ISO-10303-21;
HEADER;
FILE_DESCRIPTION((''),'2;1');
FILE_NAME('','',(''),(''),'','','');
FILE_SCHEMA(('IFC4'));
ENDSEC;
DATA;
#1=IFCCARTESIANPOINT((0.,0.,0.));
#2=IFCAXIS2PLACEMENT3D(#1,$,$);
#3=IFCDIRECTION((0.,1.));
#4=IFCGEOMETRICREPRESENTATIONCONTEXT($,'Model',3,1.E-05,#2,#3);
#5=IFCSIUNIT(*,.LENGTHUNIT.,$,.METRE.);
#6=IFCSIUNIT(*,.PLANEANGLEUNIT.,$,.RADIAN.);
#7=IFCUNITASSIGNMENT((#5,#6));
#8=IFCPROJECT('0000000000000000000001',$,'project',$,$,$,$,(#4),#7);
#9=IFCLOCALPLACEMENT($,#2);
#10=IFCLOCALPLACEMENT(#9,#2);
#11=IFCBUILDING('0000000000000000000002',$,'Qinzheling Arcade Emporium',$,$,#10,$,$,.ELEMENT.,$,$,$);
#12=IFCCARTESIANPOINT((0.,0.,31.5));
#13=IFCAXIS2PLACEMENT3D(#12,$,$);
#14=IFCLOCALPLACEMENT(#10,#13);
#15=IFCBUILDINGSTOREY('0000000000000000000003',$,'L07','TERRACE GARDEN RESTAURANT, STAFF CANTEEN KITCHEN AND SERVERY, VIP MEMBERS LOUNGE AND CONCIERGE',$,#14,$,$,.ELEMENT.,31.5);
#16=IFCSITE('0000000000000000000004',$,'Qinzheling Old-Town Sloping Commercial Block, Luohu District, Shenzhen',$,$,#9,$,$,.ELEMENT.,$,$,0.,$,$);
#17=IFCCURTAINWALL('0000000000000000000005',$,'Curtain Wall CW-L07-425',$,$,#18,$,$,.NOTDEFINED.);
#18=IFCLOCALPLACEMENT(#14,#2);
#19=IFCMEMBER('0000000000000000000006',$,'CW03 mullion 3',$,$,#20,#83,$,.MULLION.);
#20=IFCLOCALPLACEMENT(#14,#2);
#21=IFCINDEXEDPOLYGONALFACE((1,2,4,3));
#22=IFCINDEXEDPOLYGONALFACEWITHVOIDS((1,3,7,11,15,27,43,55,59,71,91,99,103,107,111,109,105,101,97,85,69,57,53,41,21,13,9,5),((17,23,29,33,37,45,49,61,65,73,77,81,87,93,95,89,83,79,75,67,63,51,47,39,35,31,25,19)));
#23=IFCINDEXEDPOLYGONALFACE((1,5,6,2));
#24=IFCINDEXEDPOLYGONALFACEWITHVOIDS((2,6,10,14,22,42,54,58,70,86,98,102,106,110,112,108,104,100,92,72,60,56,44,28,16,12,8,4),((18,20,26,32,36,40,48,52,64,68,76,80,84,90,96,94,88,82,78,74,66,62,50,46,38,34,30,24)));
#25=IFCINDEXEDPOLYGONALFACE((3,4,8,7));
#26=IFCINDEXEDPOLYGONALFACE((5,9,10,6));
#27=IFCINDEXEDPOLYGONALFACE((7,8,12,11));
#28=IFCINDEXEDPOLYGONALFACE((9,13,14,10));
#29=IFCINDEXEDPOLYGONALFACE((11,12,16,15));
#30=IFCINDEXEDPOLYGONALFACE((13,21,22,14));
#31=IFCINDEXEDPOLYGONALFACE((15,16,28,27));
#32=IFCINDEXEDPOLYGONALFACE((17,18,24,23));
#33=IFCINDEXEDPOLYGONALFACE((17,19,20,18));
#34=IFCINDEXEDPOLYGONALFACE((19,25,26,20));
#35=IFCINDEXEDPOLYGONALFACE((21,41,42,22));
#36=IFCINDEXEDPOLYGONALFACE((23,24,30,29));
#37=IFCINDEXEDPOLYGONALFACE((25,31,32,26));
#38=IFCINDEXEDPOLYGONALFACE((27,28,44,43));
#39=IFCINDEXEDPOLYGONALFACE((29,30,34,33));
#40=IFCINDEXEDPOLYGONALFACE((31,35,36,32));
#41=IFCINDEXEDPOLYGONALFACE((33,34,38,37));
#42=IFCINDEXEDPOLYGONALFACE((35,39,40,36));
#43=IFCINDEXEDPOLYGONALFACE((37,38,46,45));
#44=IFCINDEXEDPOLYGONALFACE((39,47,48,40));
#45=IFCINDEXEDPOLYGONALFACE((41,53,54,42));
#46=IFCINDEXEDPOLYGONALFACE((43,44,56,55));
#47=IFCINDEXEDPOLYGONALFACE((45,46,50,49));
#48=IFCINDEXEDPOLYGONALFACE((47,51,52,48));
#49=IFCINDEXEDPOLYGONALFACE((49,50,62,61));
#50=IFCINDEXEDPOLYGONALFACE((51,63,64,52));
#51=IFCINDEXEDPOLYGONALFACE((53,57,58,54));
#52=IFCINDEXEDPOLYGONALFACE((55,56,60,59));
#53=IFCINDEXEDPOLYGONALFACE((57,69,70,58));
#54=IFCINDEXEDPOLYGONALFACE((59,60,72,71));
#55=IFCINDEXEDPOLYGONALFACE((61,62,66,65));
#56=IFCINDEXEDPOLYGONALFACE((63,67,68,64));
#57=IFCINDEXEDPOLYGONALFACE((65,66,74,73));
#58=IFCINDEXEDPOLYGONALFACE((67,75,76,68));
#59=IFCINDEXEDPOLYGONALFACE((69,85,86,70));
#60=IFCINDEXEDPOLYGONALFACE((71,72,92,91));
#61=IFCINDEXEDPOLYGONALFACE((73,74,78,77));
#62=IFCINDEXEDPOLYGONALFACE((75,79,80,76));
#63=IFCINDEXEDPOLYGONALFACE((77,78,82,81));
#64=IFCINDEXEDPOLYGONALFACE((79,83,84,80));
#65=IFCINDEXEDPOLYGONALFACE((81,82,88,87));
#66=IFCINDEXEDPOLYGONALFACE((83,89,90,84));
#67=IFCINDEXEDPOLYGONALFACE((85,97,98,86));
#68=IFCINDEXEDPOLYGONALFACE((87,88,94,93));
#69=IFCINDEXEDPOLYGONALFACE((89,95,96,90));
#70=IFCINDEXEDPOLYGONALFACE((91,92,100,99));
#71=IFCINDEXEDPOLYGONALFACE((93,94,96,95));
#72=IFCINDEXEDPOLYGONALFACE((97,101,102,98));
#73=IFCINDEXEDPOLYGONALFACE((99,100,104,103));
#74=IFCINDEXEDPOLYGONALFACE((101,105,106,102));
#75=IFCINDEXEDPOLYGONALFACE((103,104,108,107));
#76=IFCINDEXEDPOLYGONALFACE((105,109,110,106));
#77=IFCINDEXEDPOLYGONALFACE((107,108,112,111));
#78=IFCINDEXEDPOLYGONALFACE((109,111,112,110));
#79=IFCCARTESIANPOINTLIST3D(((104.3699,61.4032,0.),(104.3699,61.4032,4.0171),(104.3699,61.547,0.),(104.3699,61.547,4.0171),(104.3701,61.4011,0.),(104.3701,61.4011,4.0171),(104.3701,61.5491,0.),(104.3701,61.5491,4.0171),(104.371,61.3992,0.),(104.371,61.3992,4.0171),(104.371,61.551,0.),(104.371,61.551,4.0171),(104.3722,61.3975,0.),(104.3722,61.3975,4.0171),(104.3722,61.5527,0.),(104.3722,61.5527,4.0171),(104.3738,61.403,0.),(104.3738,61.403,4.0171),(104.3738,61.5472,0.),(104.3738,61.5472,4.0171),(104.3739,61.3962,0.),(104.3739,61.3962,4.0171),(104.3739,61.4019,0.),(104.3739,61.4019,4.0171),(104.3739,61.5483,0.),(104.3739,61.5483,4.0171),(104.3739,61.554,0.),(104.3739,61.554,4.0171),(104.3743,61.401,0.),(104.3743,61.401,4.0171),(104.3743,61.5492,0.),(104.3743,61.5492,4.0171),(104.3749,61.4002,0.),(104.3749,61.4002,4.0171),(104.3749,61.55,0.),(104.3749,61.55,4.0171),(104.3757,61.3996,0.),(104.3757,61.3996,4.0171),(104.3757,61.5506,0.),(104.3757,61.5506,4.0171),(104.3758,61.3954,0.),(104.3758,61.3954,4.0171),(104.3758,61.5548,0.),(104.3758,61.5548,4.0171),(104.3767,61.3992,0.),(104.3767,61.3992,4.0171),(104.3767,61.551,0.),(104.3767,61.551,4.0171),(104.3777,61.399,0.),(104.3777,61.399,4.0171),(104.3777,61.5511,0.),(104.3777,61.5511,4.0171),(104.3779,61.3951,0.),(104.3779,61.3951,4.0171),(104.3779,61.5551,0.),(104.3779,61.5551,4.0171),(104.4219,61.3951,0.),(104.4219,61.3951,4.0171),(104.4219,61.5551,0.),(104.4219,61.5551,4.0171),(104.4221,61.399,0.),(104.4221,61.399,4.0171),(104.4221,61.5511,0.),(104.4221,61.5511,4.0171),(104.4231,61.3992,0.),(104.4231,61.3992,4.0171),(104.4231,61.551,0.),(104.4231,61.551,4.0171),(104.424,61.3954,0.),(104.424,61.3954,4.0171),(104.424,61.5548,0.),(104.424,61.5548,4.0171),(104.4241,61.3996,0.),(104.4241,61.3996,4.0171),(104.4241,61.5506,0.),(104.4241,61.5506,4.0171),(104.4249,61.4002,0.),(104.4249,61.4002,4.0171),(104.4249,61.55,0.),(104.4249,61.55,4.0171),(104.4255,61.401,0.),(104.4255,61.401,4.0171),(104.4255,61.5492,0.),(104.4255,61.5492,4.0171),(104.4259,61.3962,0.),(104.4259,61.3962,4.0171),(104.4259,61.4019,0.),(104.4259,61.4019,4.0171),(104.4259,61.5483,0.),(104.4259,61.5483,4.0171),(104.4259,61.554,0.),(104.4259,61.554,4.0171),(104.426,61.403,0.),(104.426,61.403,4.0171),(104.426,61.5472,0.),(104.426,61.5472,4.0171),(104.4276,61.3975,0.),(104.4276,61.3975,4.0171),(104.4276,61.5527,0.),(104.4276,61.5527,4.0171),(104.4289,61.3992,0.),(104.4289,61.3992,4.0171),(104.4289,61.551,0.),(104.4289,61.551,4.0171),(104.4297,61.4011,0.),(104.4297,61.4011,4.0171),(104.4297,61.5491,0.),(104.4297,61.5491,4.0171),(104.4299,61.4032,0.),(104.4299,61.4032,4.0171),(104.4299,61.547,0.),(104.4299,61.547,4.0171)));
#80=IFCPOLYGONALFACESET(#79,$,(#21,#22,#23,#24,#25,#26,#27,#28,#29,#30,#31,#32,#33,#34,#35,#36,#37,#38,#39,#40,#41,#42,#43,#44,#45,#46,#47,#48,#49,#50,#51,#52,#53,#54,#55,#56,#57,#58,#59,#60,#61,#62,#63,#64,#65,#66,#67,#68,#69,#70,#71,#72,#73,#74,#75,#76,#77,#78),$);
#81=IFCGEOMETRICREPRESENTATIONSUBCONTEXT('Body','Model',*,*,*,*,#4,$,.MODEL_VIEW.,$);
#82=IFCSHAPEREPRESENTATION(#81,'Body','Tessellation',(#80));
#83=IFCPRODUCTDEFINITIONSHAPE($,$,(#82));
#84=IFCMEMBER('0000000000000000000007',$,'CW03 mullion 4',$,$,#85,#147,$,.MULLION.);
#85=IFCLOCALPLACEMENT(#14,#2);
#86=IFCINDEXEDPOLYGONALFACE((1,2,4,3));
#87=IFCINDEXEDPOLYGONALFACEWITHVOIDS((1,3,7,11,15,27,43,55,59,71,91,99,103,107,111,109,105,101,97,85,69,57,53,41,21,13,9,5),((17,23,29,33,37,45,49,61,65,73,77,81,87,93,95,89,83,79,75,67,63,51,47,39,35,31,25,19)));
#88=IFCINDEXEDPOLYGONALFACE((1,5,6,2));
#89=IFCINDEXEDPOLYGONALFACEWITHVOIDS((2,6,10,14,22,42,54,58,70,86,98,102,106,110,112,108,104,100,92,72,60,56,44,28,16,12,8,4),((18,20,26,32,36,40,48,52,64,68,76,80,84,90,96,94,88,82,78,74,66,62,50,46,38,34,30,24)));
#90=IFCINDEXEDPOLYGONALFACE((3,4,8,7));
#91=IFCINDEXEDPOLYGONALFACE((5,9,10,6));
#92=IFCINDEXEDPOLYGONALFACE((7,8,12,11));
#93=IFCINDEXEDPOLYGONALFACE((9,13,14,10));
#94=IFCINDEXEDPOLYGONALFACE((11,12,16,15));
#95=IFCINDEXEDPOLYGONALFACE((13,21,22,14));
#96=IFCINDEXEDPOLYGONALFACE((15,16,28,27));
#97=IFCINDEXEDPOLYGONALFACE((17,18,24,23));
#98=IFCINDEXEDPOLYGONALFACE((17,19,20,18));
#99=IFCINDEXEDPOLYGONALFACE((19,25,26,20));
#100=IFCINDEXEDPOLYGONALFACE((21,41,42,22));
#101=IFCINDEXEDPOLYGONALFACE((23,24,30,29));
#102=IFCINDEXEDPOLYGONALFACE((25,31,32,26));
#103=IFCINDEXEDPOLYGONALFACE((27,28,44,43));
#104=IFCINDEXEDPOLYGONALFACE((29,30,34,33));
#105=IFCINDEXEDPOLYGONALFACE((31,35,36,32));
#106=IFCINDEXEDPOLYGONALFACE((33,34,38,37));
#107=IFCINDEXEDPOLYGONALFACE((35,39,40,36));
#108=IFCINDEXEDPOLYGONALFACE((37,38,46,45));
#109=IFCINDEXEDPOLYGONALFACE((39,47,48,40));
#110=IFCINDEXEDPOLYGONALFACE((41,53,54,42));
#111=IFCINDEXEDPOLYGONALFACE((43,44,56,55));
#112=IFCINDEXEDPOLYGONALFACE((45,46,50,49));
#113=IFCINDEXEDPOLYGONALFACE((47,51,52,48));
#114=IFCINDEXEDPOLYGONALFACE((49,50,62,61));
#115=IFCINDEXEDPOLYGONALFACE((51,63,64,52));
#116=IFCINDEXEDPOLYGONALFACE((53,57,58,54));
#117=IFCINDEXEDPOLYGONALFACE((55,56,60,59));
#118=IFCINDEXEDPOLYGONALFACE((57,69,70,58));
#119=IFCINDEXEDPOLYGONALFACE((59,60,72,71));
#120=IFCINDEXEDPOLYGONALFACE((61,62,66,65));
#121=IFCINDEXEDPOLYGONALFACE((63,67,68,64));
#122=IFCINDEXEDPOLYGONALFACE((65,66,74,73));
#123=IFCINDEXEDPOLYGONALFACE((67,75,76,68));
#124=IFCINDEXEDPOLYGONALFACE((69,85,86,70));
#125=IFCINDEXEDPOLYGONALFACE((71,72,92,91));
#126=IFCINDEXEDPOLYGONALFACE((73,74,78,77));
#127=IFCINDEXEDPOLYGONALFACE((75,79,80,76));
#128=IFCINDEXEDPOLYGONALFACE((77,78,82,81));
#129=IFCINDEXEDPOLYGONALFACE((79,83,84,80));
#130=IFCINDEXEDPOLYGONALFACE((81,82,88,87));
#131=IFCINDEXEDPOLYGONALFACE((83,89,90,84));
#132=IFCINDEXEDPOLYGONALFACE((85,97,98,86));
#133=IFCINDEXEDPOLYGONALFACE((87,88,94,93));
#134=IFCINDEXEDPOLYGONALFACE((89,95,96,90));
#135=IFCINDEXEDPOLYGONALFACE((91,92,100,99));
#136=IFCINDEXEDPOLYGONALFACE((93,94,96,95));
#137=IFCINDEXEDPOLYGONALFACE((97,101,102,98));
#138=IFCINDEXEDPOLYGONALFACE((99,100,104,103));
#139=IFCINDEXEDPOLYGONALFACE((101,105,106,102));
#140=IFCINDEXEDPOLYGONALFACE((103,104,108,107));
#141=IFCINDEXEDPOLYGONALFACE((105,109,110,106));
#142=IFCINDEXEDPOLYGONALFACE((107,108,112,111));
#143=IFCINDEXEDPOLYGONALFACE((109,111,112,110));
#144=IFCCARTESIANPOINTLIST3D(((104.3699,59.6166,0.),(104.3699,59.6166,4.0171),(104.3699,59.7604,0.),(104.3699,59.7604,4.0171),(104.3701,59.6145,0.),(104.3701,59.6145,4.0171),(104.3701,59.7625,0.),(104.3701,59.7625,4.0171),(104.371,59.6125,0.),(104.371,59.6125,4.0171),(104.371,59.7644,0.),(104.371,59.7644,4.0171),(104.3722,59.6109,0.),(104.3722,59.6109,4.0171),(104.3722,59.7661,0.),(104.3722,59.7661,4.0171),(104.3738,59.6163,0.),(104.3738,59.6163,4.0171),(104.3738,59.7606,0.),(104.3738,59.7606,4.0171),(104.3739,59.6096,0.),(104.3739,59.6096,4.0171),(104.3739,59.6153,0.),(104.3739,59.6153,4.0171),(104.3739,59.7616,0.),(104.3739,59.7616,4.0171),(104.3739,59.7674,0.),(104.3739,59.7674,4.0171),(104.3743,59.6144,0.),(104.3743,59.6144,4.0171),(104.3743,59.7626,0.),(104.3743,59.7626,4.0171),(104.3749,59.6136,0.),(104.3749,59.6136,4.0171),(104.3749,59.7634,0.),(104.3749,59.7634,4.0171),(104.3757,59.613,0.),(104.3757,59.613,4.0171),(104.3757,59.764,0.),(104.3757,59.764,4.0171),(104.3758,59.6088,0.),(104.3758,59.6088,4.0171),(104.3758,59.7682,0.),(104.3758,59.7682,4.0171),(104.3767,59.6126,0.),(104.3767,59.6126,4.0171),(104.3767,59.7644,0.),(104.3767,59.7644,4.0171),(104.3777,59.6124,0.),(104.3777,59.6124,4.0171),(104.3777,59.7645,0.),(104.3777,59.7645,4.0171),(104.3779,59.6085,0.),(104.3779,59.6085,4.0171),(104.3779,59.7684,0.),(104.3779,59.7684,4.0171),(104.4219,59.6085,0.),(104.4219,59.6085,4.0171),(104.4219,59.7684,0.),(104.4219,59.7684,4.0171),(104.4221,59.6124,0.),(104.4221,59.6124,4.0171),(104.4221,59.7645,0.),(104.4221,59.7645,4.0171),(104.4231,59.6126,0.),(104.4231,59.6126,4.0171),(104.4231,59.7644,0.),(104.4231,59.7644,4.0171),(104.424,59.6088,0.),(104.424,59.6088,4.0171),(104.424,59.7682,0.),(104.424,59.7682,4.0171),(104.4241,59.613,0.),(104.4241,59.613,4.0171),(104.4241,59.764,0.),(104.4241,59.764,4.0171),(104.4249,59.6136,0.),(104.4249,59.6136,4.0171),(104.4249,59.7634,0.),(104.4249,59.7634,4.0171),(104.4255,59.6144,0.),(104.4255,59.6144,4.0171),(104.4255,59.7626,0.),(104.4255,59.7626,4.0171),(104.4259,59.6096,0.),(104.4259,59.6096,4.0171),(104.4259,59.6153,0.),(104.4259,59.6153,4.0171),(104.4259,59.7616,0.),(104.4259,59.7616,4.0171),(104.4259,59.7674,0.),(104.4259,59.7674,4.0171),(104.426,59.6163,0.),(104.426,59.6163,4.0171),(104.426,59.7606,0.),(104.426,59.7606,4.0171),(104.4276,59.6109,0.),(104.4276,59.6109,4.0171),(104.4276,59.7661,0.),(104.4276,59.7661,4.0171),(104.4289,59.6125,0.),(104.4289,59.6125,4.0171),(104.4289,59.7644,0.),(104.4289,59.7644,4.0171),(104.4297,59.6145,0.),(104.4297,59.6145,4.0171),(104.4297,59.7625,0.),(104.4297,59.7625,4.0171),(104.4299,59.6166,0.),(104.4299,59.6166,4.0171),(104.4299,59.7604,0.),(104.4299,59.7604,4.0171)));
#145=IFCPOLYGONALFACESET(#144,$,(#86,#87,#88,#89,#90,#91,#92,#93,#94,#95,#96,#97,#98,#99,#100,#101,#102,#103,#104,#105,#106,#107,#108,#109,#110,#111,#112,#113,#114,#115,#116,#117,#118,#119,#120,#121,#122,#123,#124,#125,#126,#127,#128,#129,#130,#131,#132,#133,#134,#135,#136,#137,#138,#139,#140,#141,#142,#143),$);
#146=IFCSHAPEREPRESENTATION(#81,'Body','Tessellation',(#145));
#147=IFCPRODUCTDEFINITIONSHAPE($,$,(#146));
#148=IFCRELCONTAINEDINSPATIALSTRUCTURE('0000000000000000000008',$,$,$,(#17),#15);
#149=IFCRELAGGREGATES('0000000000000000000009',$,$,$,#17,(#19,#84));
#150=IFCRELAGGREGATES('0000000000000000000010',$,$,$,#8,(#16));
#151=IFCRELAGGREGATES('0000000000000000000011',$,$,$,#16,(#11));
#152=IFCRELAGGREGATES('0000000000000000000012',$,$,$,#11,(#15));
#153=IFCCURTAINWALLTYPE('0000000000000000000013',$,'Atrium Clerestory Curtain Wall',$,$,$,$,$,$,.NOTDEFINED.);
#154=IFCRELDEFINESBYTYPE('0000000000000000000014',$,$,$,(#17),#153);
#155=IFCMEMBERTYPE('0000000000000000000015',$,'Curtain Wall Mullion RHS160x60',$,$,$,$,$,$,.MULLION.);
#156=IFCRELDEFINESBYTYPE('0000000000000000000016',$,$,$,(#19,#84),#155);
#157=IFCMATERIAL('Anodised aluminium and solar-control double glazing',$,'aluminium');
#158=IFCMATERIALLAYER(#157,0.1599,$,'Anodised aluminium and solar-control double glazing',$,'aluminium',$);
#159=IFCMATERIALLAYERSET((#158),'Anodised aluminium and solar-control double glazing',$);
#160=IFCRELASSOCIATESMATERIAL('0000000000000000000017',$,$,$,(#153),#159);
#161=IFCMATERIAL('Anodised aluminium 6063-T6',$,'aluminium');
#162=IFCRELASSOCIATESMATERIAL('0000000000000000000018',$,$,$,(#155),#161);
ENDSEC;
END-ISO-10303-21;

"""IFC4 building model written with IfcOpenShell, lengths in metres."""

from ifc_helpers import new_model, si_unit, direction, frame, origin, origin_2d, place, context, subcontext, project, spatial, hollow_rectangle, extrude, material, layer, layer_set, material_profile, profile_set, type_object, element, aggregate, save


model = new_model("IFC4")

# Units and contexts
model_context = context("Model", 3, precision=1e-05, world=origin(), true_north=direction((0.0, 1.0)))
body_context = subcontext(model_context, "Body", "Model", "MODEL_VIEW")
ifc_project = project(units=[si_unit("LENGTHUNIT", "METRE"), si_unit("PLANEANGLEUNIT", "RADIAN")], contexts=[model_context])

# Site, building, storey
site_placement = place(None, origin())
site = spatial("IfcSite", under=ifc_project, at=site_placement, Name="Qinzheling Old-Town Sloping Commercial Block, Luohu District, Shenzhen", CompositionType="ELEMENT", RefElevation=0.0)
building_placement = place(site_placement, origin())
building = spatial("IfcBuilding", under=site, at=building_placement, Name="Qinzheling Arcade Emporium", CompositionType="ELEMENT")
storey_placement = place(building_placement, frame((0.0, 0.0, 31.5)))
storey = spatial("IfcBuildingStorey", under=building, at=storey_placement, Name="L07", Description="TERRACE GARDEN RESTAURANT, STAFF CANTEEN KITCHEN AND SERVERY, VIP MEMBERS LOUNGE AND CONCIERGE", CompositionType="ELEMENT", Elevation=31.5)

# Curtain wall, members
ifc_material_1 = material(Name="Anodised aluminium and solar-control double glazing", Category="aluminium")
ifc_layer_1 = layer(ifc_material_1, 0.1599, Name="Anodised aluminium and solar-control double glazing", Category="aluminium")
ifc_layer_set_1 = layer_set([ifc_layer_1], Name="Anodised aluminium and solar-control double glazing")
curtain_wall_type = type_object("IfcCurtainWallType", Name="Atrium Clerestory Curtain Wall", PredefinedType="NOTDEFINED", material=ifc_layer_set_1)
curtain_wall_1_placement = place(storey_placement, origin())
curtain_wall_1 = element("IfcCurtainWall", 1, at=curtain_wall_1_placement, inside=storey, type_object=curtain_wall_type, Name="Curtain Wall CW-L07-425", PredefinedType="NOTDEFINED")
ifc_material_2 = material(Name="Anodised aluminium 6063-T6", Category="aluminium")
ifc_material_profile_1 = material_profile(ifc_material_2, hollow_rectangle(XDim=0.0601, YDim=0.1599, WallThickness=0.0039, InnerFilletRadius=0.0039, OuterFilletRadius=0.0081, at=origin_2d()), Name="RHS 160x60x4", Category="aluminium")
ifc_profile_set_1 = profile_set([ifc_material_profile_1], Name="Anodised aluminium 6063-T6")
member_type_1 = type_object("IfcMemberType", Name="Curtain Wall Mullion RHS160x60", PredefinedType="MULLION", material=ifc_profile_set_1)
member_1_placement = place(storey_placement, frame((104.3999, 61.4751, 0.0), z_axis=(0.0, 0.0, 1.0), x_axis=(1.0, 0.0, 0.0)))
member_1 = element("IfcMember", 2, at=member_1_placement, type_object=member_type_1, Name="CW03 mullion 3", PredefinedType="MULLION", context=body_context, shape_type="SweptSolid", body=[
    extrude(hollow_rectangle(XDim=0.0601, YDim=0.1599, WallThickness=0.0039, InnerFilletRadius=0.0039, OuterFilletRadius=0.0081, at=origin_2d()), origin(), (0.0, 0.0, 1.0), 4.0171),
])
member_2_placement = place(storey_placement, frame((104.3999, 59.6885, 0.0), z_axis=(0.0, 0.0, 1.0), x_axis=(1.0, 0.0, 0.0)))
member_2 = element("IfcMember", 3, at=member_2_placement, type_object=member_type_1, Name="CW03 mullion 4", PredefinedType="MULLION", context=body_context, shape_type="SweptSolid", body=[
    extrude(hollow_rectangle(XDim=0.0601, YDim=0.1599, WallThickness=0.0039, InnerFilletRadius=0.0039, OuterFilletRadius=0.0081, at=origin_2d()), origin(), (0.0, 0.0, 1.0), 4.0171),
])

aggregate(curtain_wall_1, [member_1, member_2])

save(model, "model.ifc")
